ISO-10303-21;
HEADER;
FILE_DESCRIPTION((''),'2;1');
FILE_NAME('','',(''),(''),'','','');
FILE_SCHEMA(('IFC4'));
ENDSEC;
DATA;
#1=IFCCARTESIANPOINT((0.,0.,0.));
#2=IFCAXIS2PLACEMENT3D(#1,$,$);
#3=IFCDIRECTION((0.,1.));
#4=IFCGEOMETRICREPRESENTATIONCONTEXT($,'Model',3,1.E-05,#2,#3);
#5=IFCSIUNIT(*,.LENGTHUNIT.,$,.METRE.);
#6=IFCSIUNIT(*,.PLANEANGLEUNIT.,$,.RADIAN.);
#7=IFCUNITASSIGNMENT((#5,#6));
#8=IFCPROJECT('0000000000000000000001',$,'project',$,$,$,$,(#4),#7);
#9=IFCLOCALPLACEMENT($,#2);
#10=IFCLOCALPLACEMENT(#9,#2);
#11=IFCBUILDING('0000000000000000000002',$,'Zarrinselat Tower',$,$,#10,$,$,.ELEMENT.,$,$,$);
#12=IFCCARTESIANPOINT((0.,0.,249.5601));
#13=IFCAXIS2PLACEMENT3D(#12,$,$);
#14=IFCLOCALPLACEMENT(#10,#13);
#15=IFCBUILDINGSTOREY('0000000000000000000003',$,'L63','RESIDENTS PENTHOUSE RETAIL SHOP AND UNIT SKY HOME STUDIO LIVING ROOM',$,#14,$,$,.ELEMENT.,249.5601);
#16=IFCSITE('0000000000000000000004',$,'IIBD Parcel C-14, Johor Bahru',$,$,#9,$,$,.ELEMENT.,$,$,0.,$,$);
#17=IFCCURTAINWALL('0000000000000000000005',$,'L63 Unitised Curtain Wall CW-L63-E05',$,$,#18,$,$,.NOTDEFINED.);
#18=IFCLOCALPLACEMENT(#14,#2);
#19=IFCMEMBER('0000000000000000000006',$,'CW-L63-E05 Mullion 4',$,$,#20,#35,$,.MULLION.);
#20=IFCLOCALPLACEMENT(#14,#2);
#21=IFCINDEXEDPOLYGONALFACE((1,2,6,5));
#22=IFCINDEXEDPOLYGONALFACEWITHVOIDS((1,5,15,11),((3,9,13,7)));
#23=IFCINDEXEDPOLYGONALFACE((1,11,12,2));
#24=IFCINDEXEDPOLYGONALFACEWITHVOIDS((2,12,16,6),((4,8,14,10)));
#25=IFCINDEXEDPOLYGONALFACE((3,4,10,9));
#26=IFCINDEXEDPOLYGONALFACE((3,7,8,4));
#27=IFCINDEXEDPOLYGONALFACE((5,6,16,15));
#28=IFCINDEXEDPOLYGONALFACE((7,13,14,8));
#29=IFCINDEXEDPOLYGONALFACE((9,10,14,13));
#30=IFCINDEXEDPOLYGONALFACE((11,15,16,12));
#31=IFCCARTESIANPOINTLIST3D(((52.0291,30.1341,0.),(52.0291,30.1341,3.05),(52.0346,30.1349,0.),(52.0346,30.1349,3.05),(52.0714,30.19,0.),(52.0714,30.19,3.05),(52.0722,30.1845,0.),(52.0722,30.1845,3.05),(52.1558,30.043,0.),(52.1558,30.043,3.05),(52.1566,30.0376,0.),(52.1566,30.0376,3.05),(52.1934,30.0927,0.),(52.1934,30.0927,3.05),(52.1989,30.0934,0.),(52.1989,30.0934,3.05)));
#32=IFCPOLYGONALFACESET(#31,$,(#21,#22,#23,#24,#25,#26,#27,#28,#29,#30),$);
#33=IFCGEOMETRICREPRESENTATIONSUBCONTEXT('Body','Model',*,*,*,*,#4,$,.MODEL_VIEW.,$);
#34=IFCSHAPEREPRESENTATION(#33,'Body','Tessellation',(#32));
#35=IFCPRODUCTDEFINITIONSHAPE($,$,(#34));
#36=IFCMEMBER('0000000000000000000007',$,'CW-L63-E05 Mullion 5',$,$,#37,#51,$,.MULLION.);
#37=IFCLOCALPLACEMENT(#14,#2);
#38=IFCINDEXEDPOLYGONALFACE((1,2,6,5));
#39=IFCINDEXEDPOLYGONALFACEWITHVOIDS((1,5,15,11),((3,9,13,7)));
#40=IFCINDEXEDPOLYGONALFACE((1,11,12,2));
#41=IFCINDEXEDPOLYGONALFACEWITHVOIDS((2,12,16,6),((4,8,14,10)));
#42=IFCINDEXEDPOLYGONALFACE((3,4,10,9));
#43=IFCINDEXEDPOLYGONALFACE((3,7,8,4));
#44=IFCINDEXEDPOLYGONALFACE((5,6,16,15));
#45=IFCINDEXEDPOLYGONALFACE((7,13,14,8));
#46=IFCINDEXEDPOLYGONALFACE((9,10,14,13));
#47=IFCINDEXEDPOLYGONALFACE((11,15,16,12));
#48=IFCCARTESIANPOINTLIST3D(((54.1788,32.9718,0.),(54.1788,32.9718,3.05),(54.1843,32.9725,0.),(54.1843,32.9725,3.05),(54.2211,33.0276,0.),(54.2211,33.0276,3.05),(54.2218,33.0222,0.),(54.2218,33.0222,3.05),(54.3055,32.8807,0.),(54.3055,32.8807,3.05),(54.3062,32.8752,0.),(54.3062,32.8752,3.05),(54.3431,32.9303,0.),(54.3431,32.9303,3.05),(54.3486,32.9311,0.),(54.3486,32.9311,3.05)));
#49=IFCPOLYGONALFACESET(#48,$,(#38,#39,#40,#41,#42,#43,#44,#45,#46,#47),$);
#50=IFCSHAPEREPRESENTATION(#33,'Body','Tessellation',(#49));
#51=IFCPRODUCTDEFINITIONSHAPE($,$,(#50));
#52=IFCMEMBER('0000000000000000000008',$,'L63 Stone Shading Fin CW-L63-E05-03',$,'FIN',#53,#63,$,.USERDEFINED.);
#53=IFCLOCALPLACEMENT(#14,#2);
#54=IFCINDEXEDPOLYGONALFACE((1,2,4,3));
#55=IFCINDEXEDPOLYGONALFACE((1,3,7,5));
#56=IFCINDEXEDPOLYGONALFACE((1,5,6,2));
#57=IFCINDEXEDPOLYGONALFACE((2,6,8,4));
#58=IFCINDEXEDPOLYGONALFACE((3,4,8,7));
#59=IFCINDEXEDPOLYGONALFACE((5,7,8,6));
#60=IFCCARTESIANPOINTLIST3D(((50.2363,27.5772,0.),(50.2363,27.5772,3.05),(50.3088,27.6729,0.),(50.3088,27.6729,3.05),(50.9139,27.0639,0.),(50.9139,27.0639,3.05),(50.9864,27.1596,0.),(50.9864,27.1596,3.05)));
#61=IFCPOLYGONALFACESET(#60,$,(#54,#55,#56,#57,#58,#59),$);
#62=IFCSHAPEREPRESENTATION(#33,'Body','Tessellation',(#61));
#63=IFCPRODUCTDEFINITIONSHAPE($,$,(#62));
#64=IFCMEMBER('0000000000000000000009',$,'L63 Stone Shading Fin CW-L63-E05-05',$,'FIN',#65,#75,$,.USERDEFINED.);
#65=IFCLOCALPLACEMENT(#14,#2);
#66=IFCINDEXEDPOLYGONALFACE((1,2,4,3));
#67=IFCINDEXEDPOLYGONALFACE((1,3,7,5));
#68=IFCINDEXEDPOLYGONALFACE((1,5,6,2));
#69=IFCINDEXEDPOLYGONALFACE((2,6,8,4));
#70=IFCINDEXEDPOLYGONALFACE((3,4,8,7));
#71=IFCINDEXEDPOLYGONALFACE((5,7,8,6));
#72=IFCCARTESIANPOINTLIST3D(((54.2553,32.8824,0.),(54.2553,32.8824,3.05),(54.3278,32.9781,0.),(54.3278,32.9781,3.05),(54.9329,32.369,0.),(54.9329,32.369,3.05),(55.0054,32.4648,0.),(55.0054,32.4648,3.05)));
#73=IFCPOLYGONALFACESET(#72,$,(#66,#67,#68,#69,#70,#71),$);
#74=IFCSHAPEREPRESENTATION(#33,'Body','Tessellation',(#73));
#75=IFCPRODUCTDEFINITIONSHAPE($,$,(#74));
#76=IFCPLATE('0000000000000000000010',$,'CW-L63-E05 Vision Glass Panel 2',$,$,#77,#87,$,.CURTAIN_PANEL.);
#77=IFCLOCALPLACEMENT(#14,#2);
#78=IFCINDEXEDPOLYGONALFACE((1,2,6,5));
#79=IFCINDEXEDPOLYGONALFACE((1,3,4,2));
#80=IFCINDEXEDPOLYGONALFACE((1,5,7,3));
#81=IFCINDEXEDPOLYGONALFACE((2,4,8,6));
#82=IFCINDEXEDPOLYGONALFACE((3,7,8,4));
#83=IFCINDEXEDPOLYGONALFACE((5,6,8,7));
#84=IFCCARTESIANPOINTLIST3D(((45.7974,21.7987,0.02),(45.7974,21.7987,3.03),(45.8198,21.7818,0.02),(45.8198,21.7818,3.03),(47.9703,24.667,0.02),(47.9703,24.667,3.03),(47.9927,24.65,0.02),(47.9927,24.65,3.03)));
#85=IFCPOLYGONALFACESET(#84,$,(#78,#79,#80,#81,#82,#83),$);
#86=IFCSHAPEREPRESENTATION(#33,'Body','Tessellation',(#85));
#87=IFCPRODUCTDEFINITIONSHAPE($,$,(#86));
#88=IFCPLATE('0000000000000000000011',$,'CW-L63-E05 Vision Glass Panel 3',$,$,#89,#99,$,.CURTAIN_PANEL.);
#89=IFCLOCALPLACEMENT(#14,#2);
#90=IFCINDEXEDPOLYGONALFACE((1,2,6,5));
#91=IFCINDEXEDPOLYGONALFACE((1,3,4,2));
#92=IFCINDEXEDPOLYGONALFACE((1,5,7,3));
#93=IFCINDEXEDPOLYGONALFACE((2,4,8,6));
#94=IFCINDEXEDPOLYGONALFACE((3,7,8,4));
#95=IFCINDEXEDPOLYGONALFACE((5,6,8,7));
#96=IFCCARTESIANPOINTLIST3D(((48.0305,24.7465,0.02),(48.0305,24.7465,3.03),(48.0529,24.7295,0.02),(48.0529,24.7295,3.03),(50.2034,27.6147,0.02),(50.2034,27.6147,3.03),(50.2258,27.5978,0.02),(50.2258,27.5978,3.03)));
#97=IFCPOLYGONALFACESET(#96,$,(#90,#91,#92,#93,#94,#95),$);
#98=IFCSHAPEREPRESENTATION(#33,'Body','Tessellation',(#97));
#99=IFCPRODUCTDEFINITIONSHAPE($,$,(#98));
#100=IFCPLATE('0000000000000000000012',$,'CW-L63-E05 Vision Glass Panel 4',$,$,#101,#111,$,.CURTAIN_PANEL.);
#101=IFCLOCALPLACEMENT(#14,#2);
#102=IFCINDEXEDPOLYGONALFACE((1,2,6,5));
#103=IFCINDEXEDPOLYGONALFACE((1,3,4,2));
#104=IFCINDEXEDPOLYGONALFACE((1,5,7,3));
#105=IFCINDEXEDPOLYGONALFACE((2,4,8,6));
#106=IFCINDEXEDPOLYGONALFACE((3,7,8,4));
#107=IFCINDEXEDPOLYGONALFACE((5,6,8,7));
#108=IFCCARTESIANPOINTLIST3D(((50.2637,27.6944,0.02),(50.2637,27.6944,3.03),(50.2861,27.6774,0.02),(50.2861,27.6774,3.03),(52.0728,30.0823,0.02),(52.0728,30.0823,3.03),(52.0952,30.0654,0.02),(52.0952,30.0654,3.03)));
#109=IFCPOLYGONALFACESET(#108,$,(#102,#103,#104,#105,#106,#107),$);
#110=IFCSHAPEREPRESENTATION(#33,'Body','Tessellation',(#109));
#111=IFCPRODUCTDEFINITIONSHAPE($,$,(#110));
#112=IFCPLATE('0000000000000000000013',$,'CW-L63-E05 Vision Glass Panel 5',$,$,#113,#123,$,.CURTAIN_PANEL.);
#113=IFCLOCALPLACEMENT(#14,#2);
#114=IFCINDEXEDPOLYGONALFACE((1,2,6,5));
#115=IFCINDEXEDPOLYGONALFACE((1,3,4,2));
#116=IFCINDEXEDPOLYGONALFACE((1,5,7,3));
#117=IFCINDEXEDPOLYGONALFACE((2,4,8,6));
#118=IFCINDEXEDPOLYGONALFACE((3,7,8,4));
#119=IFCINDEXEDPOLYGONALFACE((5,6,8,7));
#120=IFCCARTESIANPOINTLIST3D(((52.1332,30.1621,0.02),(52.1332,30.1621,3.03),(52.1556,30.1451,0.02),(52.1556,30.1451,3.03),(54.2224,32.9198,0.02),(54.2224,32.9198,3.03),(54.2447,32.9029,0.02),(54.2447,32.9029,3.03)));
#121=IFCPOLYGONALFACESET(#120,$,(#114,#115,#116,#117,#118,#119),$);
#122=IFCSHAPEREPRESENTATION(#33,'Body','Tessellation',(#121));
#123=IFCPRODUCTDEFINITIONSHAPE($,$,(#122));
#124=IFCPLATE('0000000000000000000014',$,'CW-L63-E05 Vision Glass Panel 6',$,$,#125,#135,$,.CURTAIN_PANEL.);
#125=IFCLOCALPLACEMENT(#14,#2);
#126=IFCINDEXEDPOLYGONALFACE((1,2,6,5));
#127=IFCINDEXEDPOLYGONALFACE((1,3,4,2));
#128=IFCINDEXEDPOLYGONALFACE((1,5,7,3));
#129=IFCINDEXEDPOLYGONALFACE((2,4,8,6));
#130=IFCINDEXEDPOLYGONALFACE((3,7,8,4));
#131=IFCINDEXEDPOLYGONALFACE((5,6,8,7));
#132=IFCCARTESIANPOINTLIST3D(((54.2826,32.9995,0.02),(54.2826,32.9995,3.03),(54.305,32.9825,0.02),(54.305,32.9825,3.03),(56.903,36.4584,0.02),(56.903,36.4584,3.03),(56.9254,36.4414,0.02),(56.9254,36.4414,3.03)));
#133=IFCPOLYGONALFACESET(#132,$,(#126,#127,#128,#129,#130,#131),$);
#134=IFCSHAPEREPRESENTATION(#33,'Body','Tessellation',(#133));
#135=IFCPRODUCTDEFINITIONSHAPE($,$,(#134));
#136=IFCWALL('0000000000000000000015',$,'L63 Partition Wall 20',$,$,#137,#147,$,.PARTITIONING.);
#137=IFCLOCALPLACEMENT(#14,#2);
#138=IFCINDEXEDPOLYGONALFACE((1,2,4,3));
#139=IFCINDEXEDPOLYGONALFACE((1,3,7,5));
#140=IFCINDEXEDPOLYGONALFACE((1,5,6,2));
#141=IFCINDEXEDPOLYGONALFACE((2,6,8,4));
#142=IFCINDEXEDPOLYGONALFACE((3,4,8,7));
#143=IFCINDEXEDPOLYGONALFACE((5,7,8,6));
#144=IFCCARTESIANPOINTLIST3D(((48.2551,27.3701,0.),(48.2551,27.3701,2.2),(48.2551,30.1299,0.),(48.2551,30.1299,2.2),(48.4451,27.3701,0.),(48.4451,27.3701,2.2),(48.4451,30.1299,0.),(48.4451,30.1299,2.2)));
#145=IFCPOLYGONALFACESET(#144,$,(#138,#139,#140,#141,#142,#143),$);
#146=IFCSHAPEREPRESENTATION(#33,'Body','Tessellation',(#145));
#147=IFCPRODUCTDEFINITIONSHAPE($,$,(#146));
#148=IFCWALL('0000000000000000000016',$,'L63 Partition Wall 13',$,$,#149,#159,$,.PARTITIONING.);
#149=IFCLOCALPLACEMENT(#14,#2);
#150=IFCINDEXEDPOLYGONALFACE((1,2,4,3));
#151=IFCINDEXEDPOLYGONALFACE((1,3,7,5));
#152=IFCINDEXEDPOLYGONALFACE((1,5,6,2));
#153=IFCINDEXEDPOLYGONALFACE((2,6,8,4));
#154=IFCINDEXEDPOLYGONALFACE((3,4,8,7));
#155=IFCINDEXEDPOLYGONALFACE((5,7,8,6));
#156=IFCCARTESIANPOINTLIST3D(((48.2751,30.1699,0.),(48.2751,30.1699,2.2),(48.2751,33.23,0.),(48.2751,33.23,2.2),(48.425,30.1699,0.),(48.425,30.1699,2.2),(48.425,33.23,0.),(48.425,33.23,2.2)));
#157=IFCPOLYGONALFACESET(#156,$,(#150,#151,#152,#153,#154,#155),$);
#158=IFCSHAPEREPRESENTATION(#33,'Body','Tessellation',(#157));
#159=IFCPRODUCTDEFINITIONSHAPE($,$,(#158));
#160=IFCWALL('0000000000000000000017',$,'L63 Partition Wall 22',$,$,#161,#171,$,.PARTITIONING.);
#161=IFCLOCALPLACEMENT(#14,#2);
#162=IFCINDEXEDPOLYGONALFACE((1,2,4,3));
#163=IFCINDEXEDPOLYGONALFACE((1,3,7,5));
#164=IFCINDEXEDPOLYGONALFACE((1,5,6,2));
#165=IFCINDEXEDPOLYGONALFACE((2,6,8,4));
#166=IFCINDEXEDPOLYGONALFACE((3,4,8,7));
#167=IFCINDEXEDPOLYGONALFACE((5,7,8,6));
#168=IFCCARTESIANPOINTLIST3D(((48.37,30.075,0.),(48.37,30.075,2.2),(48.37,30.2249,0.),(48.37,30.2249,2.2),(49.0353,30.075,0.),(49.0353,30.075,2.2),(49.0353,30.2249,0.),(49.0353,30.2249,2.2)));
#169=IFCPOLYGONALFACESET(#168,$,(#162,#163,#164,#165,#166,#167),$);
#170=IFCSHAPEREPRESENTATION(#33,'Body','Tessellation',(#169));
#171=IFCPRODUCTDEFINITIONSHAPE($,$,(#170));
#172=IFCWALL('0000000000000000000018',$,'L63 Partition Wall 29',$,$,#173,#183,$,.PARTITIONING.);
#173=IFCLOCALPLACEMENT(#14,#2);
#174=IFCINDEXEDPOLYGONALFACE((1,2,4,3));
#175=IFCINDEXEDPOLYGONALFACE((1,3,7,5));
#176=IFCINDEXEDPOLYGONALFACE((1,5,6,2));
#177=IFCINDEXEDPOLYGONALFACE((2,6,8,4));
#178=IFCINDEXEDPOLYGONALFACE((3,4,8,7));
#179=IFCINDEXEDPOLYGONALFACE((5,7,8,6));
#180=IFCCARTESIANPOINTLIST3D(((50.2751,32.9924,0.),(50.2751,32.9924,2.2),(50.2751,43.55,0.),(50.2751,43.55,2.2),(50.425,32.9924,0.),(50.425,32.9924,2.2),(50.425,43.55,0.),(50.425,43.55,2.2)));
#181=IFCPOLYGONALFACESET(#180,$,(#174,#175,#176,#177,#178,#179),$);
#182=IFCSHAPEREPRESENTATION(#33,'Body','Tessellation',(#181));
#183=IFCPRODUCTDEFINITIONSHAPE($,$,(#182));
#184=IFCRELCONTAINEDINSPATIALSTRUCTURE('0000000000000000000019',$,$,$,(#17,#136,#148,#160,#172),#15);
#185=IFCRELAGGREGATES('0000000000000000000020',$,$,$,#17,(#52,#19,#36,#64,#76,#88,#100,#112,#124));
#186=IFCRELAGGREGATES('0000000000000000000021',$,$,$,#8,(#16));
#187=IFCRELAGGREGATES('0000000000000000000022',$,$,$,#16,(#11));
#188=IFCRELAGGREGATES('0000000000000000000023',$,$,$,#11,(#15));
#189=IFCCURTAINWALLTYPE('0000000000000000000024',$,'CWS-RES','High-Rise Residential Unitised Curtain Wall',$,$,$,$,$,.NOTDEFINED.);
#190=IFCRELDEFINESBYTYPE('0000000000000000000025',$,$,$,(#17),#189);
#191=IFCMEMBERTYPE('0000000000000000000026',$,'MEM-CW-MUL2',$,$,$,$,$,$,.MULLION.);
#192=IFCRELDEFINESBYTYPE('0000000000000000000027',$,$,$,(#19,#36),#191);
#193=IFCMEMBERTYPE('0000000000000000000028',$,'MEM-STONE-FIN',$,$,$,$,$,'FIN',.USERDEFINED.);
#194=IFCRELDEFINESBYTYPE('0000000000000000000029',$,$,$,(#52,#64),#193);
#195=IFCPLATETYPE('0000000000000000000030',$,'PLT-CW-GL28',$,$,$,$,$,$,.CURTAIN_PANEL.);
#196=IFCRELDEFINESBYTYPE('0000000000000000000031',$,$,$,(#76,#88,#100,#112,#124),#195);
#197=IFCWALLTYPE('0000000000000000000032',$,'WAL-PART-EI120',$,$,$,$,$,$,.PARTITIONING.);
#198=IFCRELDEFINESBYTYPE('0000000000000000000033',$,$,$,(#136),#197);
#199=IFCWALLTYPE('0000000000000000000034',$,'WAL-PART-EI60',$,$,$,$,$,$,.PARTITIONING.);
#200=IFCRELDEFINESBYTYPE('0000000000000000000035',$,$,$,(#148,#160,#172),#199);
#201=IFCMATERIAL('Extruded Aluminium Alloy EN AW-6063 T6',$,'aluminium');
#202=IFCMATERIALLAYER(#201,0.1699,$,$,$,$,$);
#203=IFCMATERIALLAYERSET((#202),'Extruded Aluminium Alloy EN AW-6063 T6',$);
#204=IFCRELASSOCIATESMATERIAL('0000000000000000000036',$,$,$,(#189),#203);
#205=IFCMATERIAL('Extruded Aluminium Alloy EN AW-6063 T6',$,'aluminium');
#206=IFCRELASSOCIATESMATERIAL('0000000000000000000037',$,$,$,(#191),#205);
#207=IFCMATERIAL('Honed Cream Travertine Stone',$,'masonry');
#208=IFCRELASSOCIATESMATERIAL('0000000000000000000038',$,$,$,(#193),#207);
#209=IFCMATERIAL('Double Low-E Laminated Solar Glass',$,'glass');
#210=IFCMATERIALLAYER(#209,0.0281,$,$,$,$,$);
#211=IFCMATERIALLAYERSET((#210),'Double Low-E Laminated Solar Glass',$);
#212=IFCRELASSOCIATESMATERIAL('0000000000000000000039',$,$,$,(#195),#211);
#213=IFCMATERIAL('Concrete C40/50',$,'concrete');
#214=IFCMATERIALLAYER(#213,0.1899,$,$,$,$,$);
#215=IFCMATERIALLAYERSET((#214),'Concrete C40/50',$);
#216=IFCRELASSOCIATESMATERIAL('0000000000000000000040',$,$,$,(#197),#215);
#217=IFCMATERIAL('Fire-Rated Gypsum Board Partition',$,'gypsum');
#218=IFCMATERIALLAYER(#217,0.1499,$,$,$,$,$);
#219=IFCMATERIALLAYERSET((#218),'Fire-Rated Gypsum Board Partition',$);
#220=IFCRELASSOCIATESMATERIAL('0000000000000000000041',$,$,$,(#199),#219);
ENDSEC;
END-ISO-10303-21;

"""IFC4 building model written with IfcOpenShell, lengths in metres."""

from ifc_helpers import new_model, si_unit, direction, frame, frame_2d, origin, origin_2d, place, context, subcontext, project, spatial, rectangle, hollow_rectangle, extrude, material, layer, layer_set, material_profile, profile_set, type_object, element, aggregate, save


model = new_model("IFC4")

# Units and contexts
model_context = context("Model", 3, precision=1e-05, world=origin(), true_north=direction((0.0, 1.0)))
body_context = subcontext(model_context, "Body", "Model", "MODEL_VIEW")
ifc_project = project(units=[si_unit("LENGTHUNIT", "METRE"), si_unit("PLANEANGLEUNIT", "RADIAN")], contexts=[model_context])

# Site, building, storey
site_placement = place(None, origin())
site = spatial("IfcSite", under=ifc_project, at=site_placement, Name="IIBD Parcel C-14, Johor Bahru", CompositionType="ELEMENT", RefElevation=0.0)
building_placement = place(site_placement, origin())
building = spatial("IfcBuilding", under=site, at=building_placement, Name="Zarrinselat Tower", CompositionType="ELEMENT")
storey_placement = place(building_placement, frame((0.0, 0.0, 249.5601)))
storey = spatial("IfcBuildingStorey", under=building, at=storey_placement, Name="L63", Description="RESIDENTS PENTHOUSE RETAIL SHOP AND UNIT SKY HOME STUDIO LIVING ROOM", CompositionType="ELEMENT", Elevation=249.5601)

# Curtain wall, members, plates
ifc_material_1 = material(Name="Extruded Aluminium Alloy EN AW-6063 T6", Category="aluminium")
ifc_layer_1 = layer(ifc_material_1, 0.1699)
ifc_layer_set_1 = layer_set([ifc_layer_1], Name="Extruded Aluminium Alloy EN AW-6063 T6")
curtain_wall_type = type_object("IfcCurtainWallType", Name="CWS-RES", Description="High-Rise Residential Unitised Curtain Wall", PredefinedType="NOTDEFINED", material=ifc_layer_set_1)
curtain_wall_placement = place(storey_placement, origin())
curtain_wall = element("IfcCurtainWall", 1, at=curtain_wall_placement, inside=storey, type_object=curtain_wall_type, Name="L63 Unitised Curtain Wall CW-L63-E05", PredefinedType="NOTDEFINED")
ifc_material_2 = material(Name="Extruded Aluminium Alloy EN AW-6063 T6", Category="aluminium")
ifc_material_profile_1 = material_profile(ifc_material_2, hollow_rectangle(XDim=0.0701, YDim=0.1599, WallThickness=0.0039, at=origin_2d()), Name="RHS 160x70x4")
ifc_profile_set_1 = profile_set([ifc_material_profile_1], Name="Extruded Aluminium Alloy EN AW-6063 T6")
member_type_1 = type_object("IfcMemberType", Name="MEM-CW-MUL2", PredefinedType="MULLION", material=ifc_profile_set_1)
member_1_placement = place(storey_placement, frame((52.114, 30.1138, 0.0), z_axis=(0.0, 0.0, 1.0), x_axis=(0.603856, 0.797094, 0.0)))
member_1 = element("IfcMember", 2, at=member_1_placement, type_object=member_type_1, Name="CW-L63-E05 Mullion 4", PredefinedType="MULLION", context=body_context, shape_type="SweptSolid", body=[
    extrude(hollow_rectangle(XDim=0.0701, YDim=0.1599, WallThickness=0.0039, at=origin_2d()), origin(), (0.0, 0.0, 1.0), 3.05),
])
member_2_placement = place(storey_placement, frame((54.2637, 32.9514, 0.0), z_axis=(0.0, 0.0, 1.0), x_axis=(0.603856, 0.797094, 0.0)))
member_2 = element("IfcMember", 3, at=member_2_placement, type_object=member_type_1, Name="CW-L63-E05 Mullion 5", PredefinedType="MULLION", context=body_context, shape_type="SweptSolid", body=[
    extrude(hollow_rectangle(XDim=0.0701, YDim=0.1599, WallThickness=0.0039, at=origin_2d()), origin(), (0.0, 0.0, 1.0), 3.05),
])
ifc_material_3 = material(Name="Honed Cream Travertine Stone", Category="masonry")
ifc_material_profile_2 = material_profile(ifc_material_3, rectangle(XDim=0.1201, YDim=0.8501, at=origin_2d()), Name="FIN 850x120")
ifc_profile_set_2 = profile_set([ifc_material_profile_2], Name="Honed Cream Travertine Stone")
member_type_2 = type_object("IfcMemberType", Name="MEM-STONE-FIN", ElementType="FIN", PredefinedType="USERDEFINED", material=ifc_profile_set_2)
member_3_placement = place(storey_placement, frame((50.6113, 27.3684, 0.0), z_axis=(0.0, 0.0, 1.0), x_axis=(-0.603856, -0.797094, 0.0)))
member_3 = element("IfcMember", 4, at=member_3_placement, type_object=member_type_2, Name="L63 Stone Shading Fin CW-L63-E05-03", ObjectType="FIN", PredefinedType="USERDEFINED", context=body_context, shape_type="SweptSolid", body=[
    extrude(rectangle(XDim=0.1201, YDim=0.8501, at=origin_2d()), origin(), (0.0, 0.0, 1.0), 3.05),
])
member_4_placement = place(storey_placement, frame((54.6304, 32.6736, 0.0), z_axis=(0.0, 0.0, 1.0), x_axis=(-0.603856, -0.797094, 0.0)))
member_4 = element("IfcMember", 5, at=member_4_placement, type_object=member_type_2, Name="L63 Stone Shading Fin CW-L63-E05-05", ObjectType="FIN", PredefinedType="USERDEFINED", context=body_context, shape_type="SweptSolid", body=[
    extrude(rectangle(XDim=0.1201, YDim=0.8501, at=origin_2d()), origin(), (0.0, 0.0, 1.0), 3.05),
])
ifc_material_4 = material(Name="Double Low-E Laminated Solar Glass", Category="glass")
ifc_layer_2 = layer(ifc_material_4, 0.0281)
ifc_layer_set_2 = layer_set([ifc_layer_2], Name="Double Low-E Laminated Solar Glass")
plate_type = type_object("IfcPlateType", Name="PLT-CW-GL28", PredefinedType="CURTAIN_PANEL", material=ifc_layer_set_2)
plate_1_placement = place(storey_placement, frame((46.895, 23.2244, 0.02), z_axis=(0.0, 0.0, 1.0), x_axis=(0.603856, 0.797094, 0.0)))
plate_1 = element("IfcPlate", 6, at=plate_1_placement, type_object=plate_type, Name="CW-L63-E05 Vision Glass Panel 2", PredefinedType="CURTAIN_PANEL", context=body_context, shape_type="SweptSolid", body=[
    extrude(rectangle(XDim=3.5984, YDim=0.0281, at=origin_2d()), origin(), (0.0, 0.0, 1.0), 3.01),
])
plate_2_placement = place(storey_placement, frame((49.1282, 26.1721, 0.02), z_axis=(0.0, 0.0, 1.0), x_axis=(0.603856, 0.797094, 0.0)))
plate_2 = element("IfcPlate", 7, at=plate_2_placement, type_object=plate_type, Name="CW-L63-E05 Vision Glass Panel 3", PredefinedType="CURTAIN_PANEL", context=body_context, shape_type="SweptSolid", body=[
    extrude(rectangle(XDim=3.5984, YDim=0.0281, at=origin_2d()), origin(), (0.0, 0.0, 1.0), 3.01),
])
plate_3_placement = place(storey_placement, frame((51.1794, 28.8799, 0.02), z_axis=(0.0, 0.0, 1.0), x_axis=(0.603856, 0.797094, 0.0)))
plate_3 = element("IfcPlate", 8, at=plate_3_placement, type_object=plate_type, Name="CW-L63-E05 Vision Glass Panel 4", PredefinedType="CURTAIN_PANEL", context=body_context, shape_type="SweptSolid", body=[
    extrude(rectangle(XDim=2.9958, YDim=0.0281, at=origin_2d()), origin(), (0.0, 0.0, 1.0), 3.01),
])
plate_4_placement = place(storey_placement, frame((53.189, 31.5325, 0.02), z_axis=(0.0, 0.0, 1.0), x_axis=(0.603856, 0.797094, 0.0)))
plate_4 = element("IfcPlate", 9, at=plate_4_placement, type_object=plate_type, Name="CW-L63-E05 Vision Glass Panel 5", PredefinedType="CURTAIN_PANEL", context=body_context, shape_type="SweptSolid", body=[
    extrude(rectangle(XDim=3.4597, YDim=0.0281, at=origin_2d()), origin(), (0.0, 0.0, 1.0), 3.01),
])
plate_5_placement = place(storey_placement, frame((55.604, 34.7205, 0.02), z_axis=(0.0, 0.0, 1.0), x_axis=(0.603856, 0.797094, 0.0)))
plate_5 = element("IfcPlate", 10, at=plate_5_placement, type_object=plate_type, Name="CW-L63-E05 Vision Glass Panel 6", PredefinedType="CURTAIN_PANEL", context=body_context, shape_type="SweptSolid", body=[
    extrude(rectangle(XDim=4.3394, YDim=0.0281, at=origin_2d()), origin(), (0.0, 0.0, 1.0), 3.01),
])
aggregate(curtain_wall, [member_3, member_1, member_2, member_4, plate_1, plate_2, plate_3, plate_4, plate_5])

# Walls
ifc_material_5 = material(Name="Concrete C40/50", Category="concrete")
ifc_layer_3 = layer(ifc_material_5, 0.1899)
ifc_layer_set_3 = layer_set([ifc_layer_3], Name="Concrete C40/50")
wall_type_1 = type_object("IfcWallType", Name="WAL-PART-EI120", PredefinedType="PARTITIONING", material=ifc_layer_set_3)
wall_1_placement = place(storey_placement, frame((48.3501, 27.3701, 0.0), z_axis=(0.0, 0.0, 1.0), x_axis=(0.0, 1.0, 0.0)))
element("IfcWall", 11, at=wall_1_placement, inside=storey, type_object=wall_type_1, Name="L63 Partition Wall 20", PredefinedType="PARTITIONING", context=body_context, shape_type="SweptSolid", body=[
    extrude(rectangle(XDim=2.7598, YDim=0.1899, at=frame_2d((1.3799, 0.0))), origin(), (0.0, 0.0, 1.0), 2.2),
])
ifc_material_6 = material(Name="Fire-Rated Gypsum Board Partition", Category="gypsum")
ifc_layer_4 = layer(ifc_material_6, 0.1499)
ifc_layer_set_4 = layer_set([ifc_layer_4], Name="Fire-Rated Gypsum Board Partition")
wall_type_2 = type_object("IfcWallType", Name="WAL-PART-EI60", PredefinedType="PARTITIONING", material=ifc_layer_set_4)
wall_2_placement = place(storey_placement, frame((48.3501, 30.1699, 0.0), z_axis=(0.0, 0.0, 1.0), x_axis=(0.0, 1.0, 0.0)))
element("IfcWall", 12, at=wall_2_placement, inside=storey, type_object=wall_type_2, Name="L63 Partition Wall 13", PredefinedType="PARTITIONING", context=body_context, shape_type="SweptSolid", body=[
    extrude(rectangle(XDim=3.0601, YDim=0.1499, at=frame_2d((1.53, 0.0))), origin(), (0.0, 0.0, 1.0), 2.2),
])
wall_3_placement = place(storey_placement, frame((48.3701, 30.1499, 0.0), z_axis=(0.0, 0.0, 1.0), x_axis=(1.0, 0.0, 0.0)))
element("IfcWall", 13, at=wall_3_placement, inside=storey, type_object=wall_type_2, Name="L63 Partition Wall 22", PredefinedType="PARTITIONING", context=body_context, shape_type="SweptSolid", body=[
    extrude(rectangle(XDim=0.6653, YDim=0.1499, at=frame_2d((0.3325, 0.0))), origin(), (0.0, 0.0, 1.0), 2.2),
])
wall_4_placement = place(storey_placement, frame((50.3501, 32.9924, 0.0), z_axis=(0.0, 0.0, 1.0), x_axis=(0.0, 1.0, 0.0)))
element("IfcWall", 14, at=wall_4_placement, inside=storey, type_object=wall_type_2, Name="L63 Partition Wall 29", PredefinedType="PARTITIONING", context=body_context, shape_type="SweptSolid", body=[
    extrude(rectangle(XDim=10.5576, YDim=0.1499, at=frame_2d((5.2788, 0.0))), origin(), (0.0, 0.0, 1.0), 2.2),
])

save(model, "model.ifc")
